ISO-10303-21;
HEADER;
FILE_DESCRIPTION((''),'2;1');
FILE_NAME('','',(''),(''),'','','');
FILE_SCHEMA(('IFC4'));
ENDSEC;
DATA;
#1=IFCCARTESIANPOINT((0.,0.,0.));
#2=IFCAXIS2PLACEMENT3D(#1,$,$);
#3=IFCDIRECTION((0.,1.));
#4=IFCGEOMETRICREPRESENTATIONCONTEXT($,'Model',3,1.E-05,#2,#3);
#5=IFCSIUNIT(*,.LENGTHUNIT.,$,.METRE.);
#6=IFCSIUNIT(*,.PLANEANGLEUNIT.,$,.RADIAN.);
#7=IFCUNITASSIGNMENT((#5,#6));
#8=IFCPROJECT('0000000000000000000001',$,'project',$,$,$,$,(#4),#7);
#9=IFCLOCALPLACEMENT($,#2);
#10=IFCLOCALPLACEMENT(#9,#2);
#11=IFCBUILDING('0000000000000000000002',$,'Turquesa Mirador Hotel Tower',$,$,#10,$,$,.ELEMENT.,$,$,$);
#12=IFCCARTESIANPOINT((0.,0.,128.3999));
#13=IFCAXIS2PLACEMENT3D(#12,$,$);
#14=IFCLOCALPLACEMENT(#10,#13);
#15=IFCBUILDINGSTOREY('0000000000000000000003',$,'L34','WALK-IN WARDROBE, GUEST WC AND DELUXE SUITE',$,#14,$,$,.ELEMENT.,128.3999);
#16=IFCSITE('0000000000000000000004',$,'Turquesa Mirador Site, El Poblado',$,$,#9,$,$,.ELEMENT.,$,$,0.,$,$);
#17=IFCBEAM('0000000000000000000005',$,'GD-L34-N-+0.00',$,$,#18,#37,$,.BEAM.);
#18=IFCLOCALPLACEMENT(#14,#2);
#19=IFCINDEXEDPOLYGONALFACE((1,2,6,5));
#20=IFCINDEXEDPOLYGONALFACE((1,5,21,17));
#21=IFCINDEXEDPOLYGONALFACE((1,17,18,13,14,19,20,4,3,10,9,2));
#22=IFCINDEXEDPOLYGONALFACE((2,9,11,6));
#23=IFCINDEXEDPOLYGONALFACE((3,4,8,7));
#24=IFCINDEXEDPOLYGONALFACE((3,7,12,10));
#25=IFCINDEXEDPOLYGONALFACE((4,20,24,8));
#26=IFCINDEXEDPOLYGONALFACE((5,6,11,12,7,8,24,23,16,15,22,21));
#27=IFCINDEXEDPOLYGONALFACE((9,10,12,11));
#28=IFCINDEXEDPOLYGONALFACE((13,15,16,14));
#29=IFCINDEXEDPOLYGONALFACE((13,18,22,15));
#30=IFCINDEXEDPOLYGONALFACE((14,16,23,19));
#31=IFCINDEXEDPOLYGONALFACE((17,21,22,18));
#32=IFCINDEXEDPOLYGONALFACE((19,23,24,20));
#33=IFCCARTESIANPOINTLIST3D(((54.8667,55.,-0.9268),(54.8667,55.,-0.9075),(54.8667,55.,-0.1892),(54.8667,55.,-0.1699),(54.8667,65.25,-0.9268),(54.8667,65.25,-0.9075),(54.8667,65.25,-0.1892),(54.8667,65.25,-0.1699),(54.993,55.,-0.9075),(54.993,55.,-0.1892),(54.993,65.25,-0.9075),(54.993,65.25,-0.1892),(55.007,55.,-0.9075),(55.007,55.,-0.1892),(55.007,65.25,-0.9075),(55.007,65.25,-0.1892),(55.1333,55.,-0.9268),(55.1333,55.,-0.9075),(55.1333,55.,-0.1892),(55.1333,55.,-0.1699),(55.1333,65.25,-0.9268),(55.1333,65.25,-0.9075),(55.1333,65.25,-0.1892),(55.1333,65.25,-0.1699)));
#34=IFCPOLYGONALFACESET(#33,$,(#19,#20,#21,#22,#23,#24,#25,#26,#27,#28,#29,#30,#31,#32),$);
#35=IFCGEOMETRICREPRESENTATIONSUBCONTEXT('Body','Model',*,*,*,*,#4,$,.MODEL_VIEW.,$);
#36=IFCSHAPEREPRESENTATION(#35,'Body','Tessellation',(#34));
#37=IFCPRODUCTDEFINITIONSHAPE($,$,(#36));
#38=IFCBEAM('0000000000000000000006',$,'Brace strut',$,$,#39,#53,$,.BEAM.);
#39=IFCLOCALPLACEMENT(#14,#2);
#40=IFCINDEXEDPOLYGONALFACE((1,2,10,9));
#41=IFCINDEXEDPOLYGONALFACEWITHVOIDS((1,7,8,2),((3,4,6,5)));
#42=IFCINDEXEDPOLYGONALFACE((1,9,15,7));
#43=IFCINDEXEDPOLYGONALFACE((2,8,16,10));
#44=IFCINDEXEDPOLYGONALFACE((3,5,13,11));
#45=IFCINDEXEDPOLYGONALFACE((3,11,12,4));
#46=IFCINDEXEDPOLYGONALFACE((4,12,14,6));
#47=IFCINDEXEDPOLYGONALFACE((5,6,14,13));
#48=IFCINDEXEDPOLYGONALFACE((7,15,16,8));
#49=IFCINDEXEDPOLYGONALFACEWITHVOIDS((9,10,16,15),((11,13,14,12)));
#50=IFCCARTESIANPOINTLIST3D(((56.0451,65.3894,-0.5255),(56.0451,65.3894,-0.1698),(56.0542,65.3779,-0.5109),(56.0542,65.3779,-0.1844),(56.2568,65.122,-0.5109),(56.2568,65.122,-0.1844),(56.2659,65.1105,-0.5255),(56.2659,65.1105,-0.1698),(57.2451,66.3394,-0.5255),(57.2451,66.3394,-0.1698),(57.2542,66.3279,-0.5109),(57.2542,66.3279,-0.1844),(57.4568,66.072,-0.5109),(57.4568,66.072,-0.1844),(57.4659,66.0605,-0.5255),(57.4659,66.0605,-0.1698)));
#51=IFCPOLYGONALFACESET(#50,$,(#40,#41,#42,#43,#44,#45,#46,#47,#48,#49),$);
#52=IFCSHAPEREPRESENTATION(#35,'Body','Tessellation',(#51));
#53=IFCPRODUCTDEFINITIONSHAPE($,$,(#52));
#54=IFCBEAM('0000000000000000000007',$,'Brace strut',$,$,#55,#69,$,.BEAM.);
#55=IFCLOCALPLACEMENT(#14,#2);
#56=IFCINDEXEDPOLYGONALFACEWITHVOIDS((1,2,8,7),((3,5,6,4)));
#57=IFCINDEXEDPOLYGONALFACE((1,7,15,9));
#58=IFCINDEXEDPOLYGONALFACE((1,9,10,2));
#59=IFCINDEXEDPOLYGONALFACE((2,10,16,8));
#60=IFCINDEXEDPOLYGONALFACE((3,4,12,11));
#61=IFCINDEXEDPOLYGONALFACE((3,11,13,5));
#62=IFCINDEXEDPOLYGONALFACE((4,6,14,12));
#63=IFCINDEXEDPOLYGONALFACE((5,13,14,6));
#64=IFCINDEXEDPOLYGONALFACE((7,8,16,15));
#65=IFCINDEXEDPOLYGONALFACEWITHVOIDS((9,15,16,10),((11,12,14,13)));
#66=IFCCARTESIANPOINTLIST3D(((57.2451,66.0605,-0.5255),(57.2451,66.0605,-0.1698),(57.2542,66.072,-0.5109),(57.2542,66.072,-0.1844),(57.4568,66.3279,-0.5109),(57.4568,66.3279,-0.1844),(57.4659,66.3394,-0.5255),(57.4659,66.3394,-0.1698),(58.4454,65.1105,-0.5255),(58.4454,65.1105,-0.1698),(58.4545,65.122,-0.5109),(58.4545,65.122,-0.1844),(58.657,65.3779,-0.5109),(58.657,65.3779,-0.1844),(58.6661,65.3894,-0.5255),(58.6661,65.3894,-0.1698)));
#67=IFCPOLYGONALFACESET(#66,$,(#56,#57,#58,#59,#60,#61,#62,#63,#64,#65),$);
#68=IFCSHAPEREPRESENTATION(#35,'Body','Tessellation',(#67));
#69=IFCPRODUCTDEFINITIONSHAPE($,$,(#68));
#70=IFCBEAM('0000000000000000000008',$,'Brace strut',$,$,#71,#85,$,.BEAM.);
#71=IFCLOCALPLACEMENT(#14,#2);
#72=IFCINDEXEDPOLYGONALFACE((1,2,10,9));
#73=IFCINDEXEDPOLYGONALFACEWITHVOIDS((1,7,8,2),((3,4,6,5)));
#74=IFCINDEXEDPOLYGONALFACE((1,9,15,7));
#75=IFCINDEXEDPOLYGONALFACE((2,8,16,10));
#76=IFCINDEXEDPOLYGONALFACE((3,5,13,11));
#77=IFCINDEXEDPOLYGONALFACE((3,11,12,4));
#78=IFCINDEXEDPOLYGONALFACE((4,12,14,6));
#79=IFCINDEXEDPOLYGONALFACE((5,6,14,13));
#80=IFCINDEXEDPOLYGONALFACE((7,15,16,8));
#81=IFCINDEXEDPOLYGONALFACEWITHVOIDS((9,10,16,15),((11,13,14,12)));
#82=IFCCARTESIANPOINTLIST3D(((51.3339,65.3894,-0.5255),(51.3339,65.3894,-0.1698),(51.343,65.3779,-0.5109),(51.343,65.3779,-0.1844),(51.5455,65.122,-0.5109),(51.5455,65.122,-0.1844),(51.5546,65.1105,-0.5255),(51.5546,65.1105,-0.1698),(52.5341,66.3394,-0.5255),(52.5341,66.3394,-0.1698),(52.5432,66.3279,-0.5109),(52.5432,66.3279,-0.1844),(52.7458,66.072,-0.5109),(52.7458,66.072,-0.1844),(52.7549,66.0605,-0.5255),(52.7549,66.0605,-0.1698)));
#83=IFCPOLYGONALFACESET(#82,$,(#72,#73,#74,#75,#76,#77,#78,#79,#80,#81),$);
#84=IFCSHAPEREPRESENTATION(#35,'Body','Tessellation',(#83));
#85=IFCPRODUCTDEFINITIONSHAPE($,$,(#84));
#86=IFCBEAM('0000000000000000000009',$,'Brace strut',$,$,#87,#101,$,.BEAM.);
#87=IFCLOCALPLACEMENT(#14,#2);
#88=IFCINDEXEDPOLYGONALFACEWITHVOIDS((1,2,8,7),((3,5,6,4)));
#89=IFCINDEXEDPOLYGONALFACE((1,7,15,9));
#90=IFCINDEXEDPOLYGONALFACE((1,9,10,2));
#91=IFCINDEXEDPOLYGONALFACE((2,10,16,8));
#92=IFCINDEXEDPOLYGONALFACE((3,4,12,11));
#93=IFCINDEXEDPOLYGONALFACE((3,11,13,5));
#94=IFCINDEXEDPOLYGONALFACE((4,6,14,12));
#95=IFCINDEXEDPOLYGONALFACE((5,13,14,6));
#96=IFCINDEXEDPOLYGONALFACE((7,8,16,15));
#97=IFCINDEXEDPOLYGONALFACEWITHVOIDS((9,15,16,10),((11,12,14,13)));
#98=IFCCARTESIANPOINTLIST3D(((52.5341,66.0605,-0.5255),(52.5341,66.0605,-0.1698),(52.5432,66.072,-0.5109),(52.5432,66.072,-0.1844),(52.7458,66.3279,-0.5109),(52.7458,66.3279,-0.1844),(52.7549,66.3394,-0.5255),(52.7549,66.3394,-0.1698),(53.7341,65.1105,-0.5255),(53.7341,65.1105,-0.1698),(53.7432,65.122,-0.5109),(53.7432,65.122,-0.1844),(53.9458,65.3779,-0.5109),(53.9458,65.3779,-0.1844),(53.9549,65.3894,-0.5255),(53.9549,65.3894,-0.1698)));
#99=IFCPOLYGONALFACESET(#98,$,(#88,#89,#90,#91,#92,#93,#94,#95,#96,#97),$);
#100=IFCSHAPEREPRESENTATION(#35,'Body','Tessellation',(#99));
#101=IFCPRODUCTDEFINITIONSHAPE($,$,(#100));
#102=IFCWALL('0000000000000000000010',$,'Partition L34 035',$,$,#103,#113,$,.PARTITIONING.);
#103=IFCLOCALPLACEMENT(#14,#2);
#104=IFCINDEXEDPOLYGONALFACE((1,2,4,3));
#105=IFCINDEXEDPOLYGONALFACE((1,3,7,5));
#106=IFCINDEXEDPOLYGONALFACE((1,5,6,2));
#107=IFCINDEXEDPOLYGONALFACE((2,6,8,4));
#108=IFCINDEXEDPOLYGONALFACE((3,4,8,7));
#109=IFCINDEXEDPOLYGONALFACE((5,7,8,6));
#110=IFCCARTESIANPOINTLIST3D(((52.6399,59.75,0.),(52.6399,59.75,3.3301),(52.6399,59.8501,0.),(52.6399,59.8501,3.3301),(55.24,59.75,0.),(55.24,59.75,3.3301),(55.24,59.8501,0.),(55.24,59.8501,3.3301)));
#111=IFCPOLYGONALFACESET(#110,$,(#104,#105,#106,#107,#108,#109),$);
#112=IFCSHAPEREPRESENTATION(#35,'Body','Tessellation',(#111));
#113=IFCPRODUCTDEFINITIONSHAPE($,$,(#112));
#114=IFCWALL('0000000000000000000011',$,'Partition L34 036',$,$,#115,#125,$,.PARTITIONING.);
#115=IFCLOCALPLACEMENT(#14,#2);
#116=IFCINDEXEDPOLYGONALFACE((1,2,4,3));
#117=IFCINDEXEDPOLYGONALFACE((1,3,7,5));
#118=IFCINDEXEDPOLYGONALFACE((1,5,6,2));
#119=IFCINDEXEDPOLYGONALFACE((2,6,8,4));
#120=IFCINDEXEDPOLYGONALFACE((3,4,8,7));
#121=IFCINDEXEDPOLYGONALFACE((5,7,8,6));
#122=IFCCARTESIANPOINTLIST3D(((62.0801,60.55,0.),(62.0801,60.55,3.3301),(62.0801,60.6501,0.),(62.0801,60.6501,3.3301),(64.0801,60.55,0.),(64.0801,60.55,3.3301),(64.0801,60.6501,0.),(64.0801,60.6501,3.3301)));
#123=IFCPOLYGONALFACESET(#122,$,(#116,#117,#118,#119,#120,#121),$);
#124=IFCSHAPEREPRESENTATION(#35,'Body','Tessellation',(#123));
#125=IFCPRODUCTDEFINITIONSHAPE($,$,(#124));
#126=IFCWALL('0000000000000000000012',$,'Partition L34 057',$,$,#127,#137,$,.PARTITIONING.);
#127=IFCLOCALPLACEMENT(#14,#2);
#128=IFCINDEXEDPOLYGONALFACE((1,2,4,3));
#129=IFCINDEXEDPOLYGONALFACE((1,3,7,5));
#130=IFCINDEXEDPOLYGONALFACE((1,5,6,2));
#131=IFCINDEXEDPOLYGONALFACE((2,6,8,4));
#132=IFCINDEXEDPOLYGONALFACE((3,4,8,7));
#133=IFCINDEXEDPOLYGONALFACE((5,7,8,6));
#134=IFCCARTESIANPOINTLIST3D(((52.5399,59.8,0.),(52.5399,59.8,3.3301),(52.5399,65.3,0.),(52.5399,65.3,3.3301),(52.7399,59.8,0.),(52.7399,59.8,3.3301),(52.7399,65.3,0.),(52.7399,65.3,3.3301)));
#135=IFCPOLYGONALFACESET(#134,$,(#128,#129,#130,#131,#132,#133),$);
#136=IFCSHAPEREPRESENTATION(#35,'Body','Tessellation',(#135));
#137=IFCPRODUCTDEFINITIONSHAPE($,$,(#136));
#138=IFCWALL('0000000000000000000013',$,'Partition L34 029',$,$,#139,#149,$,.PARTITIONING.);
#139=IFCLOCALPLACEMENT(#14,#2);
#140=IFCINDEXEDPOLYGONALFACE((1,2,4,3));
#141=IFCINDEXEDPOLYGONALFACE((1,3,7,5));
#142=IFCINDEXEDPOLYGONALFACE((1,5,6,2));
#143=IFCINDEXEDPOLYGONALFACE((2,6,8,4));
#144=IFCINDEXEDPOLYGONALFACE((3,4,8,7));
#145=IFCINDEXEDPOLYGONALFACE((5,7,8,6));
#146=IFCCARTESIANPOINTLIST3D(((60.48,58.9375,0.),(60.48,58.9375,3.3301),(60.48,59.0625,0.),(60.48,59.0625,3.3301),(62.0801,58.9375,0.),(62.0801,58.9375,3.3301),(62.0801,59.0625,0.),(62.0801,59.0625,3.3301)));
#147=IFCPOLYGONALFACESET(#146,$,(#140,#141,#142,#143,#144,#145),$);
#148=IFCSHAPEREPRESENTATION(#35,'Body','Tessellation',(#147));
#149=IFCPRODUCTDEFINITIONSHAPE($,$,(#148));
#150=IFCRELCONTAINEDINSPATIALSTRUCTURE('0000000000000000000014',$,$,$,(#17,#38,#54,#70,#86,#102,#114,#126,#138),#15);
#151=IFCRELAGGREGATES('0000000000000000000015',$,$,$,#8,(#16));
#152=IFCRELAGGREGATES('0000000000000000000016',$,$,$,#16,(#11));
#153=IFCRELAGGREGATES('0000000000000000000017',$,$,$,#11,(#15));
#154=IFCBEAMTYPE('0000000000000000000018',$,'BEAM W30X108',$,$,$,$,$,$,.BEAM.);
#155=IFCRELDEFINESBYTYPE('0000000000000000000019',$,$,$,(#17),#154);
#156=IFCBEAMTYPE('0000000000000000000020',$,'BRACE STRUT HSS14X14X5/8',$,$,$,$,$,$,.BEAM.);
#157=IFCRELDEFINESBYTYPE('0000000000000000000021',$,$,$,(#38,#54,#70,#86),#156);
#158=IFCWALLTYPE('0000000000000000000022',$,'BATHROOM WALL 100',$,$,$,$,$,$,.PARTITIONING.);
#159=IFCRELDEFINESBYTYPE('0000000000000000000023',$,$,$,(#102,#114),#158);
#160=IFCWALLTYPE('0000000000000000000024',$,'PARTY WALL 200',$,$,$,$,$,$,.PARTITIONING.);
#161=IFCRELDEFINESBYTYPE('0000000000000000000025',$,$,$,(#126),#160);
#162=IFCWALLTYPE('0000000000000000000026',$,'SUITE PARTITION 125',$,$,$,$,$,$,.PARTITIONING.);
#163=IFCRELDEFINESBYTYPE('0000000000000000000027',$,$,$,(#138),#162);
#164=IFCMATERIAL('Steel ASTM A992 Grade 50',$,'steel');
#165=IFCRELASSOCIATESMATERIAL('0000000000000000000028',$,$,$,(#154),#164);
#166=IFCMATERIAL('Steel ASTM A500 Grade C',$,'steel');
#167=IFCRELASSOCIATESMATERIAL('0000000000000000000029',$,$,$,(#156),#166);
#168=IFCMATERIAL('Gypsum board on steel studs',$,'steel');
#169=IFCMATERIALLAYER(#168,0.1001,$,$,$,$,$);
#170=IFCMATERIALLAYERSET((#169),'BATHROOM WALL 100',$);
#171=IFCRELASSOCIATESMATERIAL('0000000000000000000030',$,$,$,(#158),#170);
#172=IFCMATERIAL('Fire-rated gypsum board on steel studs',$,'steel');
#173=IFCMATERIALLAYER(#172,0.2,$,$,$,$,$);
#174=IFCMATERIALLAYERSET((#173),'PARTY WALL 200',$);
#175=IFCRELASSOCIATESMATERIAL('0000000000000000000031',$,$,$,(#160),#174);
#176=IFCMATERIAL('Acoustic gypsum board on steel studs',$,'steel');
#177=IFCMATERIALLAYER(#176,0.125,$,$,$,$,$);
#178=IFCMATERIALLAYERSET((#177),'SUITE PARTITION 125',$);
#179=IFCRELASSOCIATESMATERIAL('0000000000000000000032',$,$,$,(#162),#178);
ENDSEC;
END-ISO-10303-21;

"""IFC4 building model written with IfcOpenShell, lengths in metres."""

from ifc_helpers import new_model, si_unit, direction, frame, frame_2d, origin, origin_2d, place, context, subcontext, project, spatial, rectangle, hollow_rectangle, i_section, extrude, material, layer, layer_set, material_profile, profile_set, type_object, element, save


model = new_model("IFC4")

# Units and contexts
model_context = context("Model", 3, precision=1e-05, world=origin(), true_north=direction((0.0, 1.0)))
body_context = subcontext(model_context, "Body", "Model", "MODEL_VIEW")
ifc_project = project(units=[si_unit("LENGTHUNIT", "METRE"), si_unit("PLANEANGLEUNIT", "RADIAN")], contexts=[model_context])

# Site, building, storey
site_placement = place(None, origin())
site = spatial("IfcSite", under=ifc_project, at=site_placement, Name="Turquesa Mirador Site, El Poblado", CompositionType="ELEMENT", RefElevation=0.0)
building_placement = place(site_placement, origin())
building = spatial("IfcBuilding", under=site, at=building_placement, Name="Turquesa Mirador Hotel Tower", CompositionType="ELEMENT")
storey_placement = place(building_placement, frame((0.0, 0.0, 128.3999)))
storey = spatial("IfcBuildingStorey", under=building, at=storey_placement, Name="L34", Description="WALK-IN WARDROBE, GUEST WC AND DELUXE SUITE", CompositionType="ELEMENT", Elevation=128.3999)

# Beams
ifc_material_1 = material(Name="Steel ASTM A992 Grade 50", Category="steel")
ifc_material_profile_1 = material_profile(ifc_material_1, i_section(OverallWidth=0.2666, OverallDepth=0.7568, WebThickness=0.0139, FlangeThickness=0.0193, at=origin_2d()), Name="W30X108")
ifc_profile_set_1 = profile_set([ifc_material_profile_1], Name="Steel ASTM A992 Grade 50")
beam_type_1 = type_object("IfcBeamType", Name="BEAM W30X108", PredefinedType="BEAM", material=ifc_profile_set_1)
for number, where, z_axis, x_axis, name in (
    (1, (55.0, 65.25, -0.5483), (0.0, -1.0, 0.0), (1.0, 0.0, 0.0), "GD-L34-N-+0.00"),
):
    element("IfcBeam", number, at=place(storey_placement, frame(where, z_axis=z_axis, x_axis=x_axis)), inside=storey, type_object=beam_type_1, Name=name, PredefinedType="BEAM", context=body_context, shape_type="SweptSolid", body=[
        extrude(i_section(OverallWidth=0.2666, OverallDepth=0.7568, WebThickness=0.0139, FlangeThickness=0.0193, at=origin_2d()), origin(), (0.0, 0.0, 1.0), 10.25),
    ])
ifc_material_2 = material(Name="Steel ASTM A500 Grade C", Category="steel")
ifc_material_profile_2 = material_profile(ifc_material_2, hollow_rectangle(XDim=0.3557, YDim=0.3557, WallThickness=0.0146, at=origin_2d()), Name="HSS14X14X5/8")
ifc_profile_set_2 = profile_set([ifc_material_profile_2], Name="Steel ASTM A500 Grade C")
beam_type_2 = type_object("IfcBeamType", Name="BRACE STRUT HSS14X14X5/8", PredefinedType="BEAM", material=ifc_profile_set_2)
beam_1_placement = place(storey_placement, frame((57.3555, 66.2, -0.3477), z_axis=(-0.784049, -0.620699, 0.0), x_axis=(0.620699, -0.784049, 0.0)))
element("IfcBeam", 2, at=beam_1_placement, inside=storey, type_object=beam_type_2, Name="Brace strut", PredefinedType="BEAM", context=body_context, shape_type="SweptSolid", body=[
    extrude(hollow_rectangle(XDim=0.3557, YDim=0.3557, WallThickness=0.0146, at=origin_2d()), origin(), (0.0, 0.0, 1.0), 1.5305),
])
for number, where, z_axis, x_axis, name in (
    (3, (57.3555, 66.2, -0.3477), (0.784111, -0.620621, 0.0), (0.620621, 0.784111, 0.0), "Brace strut"),
    (4, (52.6445, 66.2, -0.3477), (-0.784111, -0.620621, 0.0), (0.620621, -0.784111, 0.0), "Brace strut"),
):
    element("IfcBeam", number, at=place(storey_placement, frame(where, z_axis=z_axis, x_axis=x_axis)), inside=storey, type_object=beam_type_2, Name=name, PredefinedType="BEAM", context=body_context, shape_type="SweptSolid", body=[
        extrude(hollow_rectangle(XDim=0.3557, YDim=0.3557, WallThickness=0.0146, at=origin_2d()), origin(), (0.0, 0.0, 1.0), 1.5308),
    ])
beam_2_placement = place(storey_placement, frame((52.6445, 66.2, -0.3477), z_axis=(0.784049, -0.620699, 0.0), x_axis=(0.620699, 0.784049, 0.0)))
element("IfcBeam", 5, at=beam_2_placement, inside=storey, type_object=beam_type_2, Name="Brace strut", PredefinedType="BEAM", context=body_context, shape_type="SweptSolid", body=[
    extrude(hollow_rectangle(XDim=0.3557, YDim=0.3557, WallThickness=0.0146, at=origin_2d()), origin(), (0.0, 0.0, 1.0), 1.5305),
])

# Walls
ifc_material_3 = material(Name="Gypsum board on steel studs", Category="steel")
ifc_layer_1 = layer(ifc_material_3, 0.1001)
ifc_layer_set_1 = layer_set([ifc_layer_1], Name="BATHROOM WALL 100")
wall_type_1 = type_object("IfcWallType", Name="BATHROOM WALL 100", PredefinedType="PARTITIONING", material=ifc_layer_set_1)
wall_1_placement = place(storey_placement, frame((52.6399, 59.8, 0.0), z_axis=(0.0, 0.0, 1.0), x_axis=(1.0, 0.0, 0.0)))
element("IfcWall", 6, at=wall_1_placement, inside=storey, type_object=wall_type_1, Name="Partition L34 035", PredefinedType="PARTITIONING", context=body_context, shape_type="SweptSolid", body=[
    extrude(rectangle(XDim=2.6001, YDim=0.1001, at=frame_2d((1.3, 0.0))), origin(), (0.0, 0.0, 1.0), 3.3301),
])
wall_2_placement = place(storey_placement, frame((62.0801, 60.6001, 0.0), z_axis=(0.0, 0.0, 1.0), x_axis=(1.0, 0.0, 0.0)))
element("IfcWall", 7, at=wall_2_placement, inside=storey, type_object=wall_type_1, Name="Partition L34 036", PredefinedType="PARTITIONING", context=body_context, shape_type="SweptSolid", body=[
    extrude(rectangle(XDim=2.0, YDim=0.1001, at=frame_2d((1.0, 0.0))), origin(), (0.0, 0.0, 1.0), 3.3301),
])
ifc_material_4 = material(Name="Fire-rated gypsum board on steel studs", Category="steel")
ifc_layer_2 = layer(ifc_material_4, 0.2)
ifc_layer_set_2 = layer_set([ifc_layer_2], Name="PARTY WALL 200")
wall_type_2 = type_object("IfcWallType", Name="PARTY WALL 200", PredefinedType="PARTITIONING", material=ifc_layer_set_2)
wall_3_placement = place(storey_placement, frame((52.6399, 59.8, 0.0), z_axis=(0.0, 0.0, 1.0), x_axis=(0.0, 1.0, 0.0)))
element("IfcWall", 8, at=wall_3_placement, inside=storey, type_object=wall_type_2, Name="Partition L34 057", PredefinedType="PARTITIONING", context=body_context, shape_type="SweptSolid", body=[
    extrude(rectangle(XDim=5.5, YDim=0.2, at=frame_2d((2.75, 0.0))), origin(), (0.0, 0.0, 1.0), 3.3301),
])
ifc_material_5 = material(Name="Acoustic gypsum board on steel studs", Category="steel")
ifc_layer_3 = layer(ifc_material_5, 0.125)
ifc_layer_set_3 = layer_set([ifc_layer_3], Name="SUITE PARTITION 125")
wall_type_3 = type_object("IfcWallType", Name="SUITE PARTITION 125", PredefinedType="PARTITIONING", material=ifc_layer_set_3)
wall_4_placement = place(storey_placement, frame((60.48, 59.0, 0.0), z_axis=(0.0, 0.0, 1.0), x_axis=(1.0, 0.0, 0.0)))
element("IfcWall", 9, at=wall_4_placement, inside=storey, type_object=wall_type_3, Name="Partition L34 029", PredefinedType="PARTITIONING", context=body_context, shape_type="SweptSolid", body=[
    extrude(rectangle(XDim=1.6001, YDim=0.125, at=frame_2d((0.8, 0.0))), origin(), (0.0, 0.0, 1.0), 3.3301),
])

save(model, "model.ifc")
